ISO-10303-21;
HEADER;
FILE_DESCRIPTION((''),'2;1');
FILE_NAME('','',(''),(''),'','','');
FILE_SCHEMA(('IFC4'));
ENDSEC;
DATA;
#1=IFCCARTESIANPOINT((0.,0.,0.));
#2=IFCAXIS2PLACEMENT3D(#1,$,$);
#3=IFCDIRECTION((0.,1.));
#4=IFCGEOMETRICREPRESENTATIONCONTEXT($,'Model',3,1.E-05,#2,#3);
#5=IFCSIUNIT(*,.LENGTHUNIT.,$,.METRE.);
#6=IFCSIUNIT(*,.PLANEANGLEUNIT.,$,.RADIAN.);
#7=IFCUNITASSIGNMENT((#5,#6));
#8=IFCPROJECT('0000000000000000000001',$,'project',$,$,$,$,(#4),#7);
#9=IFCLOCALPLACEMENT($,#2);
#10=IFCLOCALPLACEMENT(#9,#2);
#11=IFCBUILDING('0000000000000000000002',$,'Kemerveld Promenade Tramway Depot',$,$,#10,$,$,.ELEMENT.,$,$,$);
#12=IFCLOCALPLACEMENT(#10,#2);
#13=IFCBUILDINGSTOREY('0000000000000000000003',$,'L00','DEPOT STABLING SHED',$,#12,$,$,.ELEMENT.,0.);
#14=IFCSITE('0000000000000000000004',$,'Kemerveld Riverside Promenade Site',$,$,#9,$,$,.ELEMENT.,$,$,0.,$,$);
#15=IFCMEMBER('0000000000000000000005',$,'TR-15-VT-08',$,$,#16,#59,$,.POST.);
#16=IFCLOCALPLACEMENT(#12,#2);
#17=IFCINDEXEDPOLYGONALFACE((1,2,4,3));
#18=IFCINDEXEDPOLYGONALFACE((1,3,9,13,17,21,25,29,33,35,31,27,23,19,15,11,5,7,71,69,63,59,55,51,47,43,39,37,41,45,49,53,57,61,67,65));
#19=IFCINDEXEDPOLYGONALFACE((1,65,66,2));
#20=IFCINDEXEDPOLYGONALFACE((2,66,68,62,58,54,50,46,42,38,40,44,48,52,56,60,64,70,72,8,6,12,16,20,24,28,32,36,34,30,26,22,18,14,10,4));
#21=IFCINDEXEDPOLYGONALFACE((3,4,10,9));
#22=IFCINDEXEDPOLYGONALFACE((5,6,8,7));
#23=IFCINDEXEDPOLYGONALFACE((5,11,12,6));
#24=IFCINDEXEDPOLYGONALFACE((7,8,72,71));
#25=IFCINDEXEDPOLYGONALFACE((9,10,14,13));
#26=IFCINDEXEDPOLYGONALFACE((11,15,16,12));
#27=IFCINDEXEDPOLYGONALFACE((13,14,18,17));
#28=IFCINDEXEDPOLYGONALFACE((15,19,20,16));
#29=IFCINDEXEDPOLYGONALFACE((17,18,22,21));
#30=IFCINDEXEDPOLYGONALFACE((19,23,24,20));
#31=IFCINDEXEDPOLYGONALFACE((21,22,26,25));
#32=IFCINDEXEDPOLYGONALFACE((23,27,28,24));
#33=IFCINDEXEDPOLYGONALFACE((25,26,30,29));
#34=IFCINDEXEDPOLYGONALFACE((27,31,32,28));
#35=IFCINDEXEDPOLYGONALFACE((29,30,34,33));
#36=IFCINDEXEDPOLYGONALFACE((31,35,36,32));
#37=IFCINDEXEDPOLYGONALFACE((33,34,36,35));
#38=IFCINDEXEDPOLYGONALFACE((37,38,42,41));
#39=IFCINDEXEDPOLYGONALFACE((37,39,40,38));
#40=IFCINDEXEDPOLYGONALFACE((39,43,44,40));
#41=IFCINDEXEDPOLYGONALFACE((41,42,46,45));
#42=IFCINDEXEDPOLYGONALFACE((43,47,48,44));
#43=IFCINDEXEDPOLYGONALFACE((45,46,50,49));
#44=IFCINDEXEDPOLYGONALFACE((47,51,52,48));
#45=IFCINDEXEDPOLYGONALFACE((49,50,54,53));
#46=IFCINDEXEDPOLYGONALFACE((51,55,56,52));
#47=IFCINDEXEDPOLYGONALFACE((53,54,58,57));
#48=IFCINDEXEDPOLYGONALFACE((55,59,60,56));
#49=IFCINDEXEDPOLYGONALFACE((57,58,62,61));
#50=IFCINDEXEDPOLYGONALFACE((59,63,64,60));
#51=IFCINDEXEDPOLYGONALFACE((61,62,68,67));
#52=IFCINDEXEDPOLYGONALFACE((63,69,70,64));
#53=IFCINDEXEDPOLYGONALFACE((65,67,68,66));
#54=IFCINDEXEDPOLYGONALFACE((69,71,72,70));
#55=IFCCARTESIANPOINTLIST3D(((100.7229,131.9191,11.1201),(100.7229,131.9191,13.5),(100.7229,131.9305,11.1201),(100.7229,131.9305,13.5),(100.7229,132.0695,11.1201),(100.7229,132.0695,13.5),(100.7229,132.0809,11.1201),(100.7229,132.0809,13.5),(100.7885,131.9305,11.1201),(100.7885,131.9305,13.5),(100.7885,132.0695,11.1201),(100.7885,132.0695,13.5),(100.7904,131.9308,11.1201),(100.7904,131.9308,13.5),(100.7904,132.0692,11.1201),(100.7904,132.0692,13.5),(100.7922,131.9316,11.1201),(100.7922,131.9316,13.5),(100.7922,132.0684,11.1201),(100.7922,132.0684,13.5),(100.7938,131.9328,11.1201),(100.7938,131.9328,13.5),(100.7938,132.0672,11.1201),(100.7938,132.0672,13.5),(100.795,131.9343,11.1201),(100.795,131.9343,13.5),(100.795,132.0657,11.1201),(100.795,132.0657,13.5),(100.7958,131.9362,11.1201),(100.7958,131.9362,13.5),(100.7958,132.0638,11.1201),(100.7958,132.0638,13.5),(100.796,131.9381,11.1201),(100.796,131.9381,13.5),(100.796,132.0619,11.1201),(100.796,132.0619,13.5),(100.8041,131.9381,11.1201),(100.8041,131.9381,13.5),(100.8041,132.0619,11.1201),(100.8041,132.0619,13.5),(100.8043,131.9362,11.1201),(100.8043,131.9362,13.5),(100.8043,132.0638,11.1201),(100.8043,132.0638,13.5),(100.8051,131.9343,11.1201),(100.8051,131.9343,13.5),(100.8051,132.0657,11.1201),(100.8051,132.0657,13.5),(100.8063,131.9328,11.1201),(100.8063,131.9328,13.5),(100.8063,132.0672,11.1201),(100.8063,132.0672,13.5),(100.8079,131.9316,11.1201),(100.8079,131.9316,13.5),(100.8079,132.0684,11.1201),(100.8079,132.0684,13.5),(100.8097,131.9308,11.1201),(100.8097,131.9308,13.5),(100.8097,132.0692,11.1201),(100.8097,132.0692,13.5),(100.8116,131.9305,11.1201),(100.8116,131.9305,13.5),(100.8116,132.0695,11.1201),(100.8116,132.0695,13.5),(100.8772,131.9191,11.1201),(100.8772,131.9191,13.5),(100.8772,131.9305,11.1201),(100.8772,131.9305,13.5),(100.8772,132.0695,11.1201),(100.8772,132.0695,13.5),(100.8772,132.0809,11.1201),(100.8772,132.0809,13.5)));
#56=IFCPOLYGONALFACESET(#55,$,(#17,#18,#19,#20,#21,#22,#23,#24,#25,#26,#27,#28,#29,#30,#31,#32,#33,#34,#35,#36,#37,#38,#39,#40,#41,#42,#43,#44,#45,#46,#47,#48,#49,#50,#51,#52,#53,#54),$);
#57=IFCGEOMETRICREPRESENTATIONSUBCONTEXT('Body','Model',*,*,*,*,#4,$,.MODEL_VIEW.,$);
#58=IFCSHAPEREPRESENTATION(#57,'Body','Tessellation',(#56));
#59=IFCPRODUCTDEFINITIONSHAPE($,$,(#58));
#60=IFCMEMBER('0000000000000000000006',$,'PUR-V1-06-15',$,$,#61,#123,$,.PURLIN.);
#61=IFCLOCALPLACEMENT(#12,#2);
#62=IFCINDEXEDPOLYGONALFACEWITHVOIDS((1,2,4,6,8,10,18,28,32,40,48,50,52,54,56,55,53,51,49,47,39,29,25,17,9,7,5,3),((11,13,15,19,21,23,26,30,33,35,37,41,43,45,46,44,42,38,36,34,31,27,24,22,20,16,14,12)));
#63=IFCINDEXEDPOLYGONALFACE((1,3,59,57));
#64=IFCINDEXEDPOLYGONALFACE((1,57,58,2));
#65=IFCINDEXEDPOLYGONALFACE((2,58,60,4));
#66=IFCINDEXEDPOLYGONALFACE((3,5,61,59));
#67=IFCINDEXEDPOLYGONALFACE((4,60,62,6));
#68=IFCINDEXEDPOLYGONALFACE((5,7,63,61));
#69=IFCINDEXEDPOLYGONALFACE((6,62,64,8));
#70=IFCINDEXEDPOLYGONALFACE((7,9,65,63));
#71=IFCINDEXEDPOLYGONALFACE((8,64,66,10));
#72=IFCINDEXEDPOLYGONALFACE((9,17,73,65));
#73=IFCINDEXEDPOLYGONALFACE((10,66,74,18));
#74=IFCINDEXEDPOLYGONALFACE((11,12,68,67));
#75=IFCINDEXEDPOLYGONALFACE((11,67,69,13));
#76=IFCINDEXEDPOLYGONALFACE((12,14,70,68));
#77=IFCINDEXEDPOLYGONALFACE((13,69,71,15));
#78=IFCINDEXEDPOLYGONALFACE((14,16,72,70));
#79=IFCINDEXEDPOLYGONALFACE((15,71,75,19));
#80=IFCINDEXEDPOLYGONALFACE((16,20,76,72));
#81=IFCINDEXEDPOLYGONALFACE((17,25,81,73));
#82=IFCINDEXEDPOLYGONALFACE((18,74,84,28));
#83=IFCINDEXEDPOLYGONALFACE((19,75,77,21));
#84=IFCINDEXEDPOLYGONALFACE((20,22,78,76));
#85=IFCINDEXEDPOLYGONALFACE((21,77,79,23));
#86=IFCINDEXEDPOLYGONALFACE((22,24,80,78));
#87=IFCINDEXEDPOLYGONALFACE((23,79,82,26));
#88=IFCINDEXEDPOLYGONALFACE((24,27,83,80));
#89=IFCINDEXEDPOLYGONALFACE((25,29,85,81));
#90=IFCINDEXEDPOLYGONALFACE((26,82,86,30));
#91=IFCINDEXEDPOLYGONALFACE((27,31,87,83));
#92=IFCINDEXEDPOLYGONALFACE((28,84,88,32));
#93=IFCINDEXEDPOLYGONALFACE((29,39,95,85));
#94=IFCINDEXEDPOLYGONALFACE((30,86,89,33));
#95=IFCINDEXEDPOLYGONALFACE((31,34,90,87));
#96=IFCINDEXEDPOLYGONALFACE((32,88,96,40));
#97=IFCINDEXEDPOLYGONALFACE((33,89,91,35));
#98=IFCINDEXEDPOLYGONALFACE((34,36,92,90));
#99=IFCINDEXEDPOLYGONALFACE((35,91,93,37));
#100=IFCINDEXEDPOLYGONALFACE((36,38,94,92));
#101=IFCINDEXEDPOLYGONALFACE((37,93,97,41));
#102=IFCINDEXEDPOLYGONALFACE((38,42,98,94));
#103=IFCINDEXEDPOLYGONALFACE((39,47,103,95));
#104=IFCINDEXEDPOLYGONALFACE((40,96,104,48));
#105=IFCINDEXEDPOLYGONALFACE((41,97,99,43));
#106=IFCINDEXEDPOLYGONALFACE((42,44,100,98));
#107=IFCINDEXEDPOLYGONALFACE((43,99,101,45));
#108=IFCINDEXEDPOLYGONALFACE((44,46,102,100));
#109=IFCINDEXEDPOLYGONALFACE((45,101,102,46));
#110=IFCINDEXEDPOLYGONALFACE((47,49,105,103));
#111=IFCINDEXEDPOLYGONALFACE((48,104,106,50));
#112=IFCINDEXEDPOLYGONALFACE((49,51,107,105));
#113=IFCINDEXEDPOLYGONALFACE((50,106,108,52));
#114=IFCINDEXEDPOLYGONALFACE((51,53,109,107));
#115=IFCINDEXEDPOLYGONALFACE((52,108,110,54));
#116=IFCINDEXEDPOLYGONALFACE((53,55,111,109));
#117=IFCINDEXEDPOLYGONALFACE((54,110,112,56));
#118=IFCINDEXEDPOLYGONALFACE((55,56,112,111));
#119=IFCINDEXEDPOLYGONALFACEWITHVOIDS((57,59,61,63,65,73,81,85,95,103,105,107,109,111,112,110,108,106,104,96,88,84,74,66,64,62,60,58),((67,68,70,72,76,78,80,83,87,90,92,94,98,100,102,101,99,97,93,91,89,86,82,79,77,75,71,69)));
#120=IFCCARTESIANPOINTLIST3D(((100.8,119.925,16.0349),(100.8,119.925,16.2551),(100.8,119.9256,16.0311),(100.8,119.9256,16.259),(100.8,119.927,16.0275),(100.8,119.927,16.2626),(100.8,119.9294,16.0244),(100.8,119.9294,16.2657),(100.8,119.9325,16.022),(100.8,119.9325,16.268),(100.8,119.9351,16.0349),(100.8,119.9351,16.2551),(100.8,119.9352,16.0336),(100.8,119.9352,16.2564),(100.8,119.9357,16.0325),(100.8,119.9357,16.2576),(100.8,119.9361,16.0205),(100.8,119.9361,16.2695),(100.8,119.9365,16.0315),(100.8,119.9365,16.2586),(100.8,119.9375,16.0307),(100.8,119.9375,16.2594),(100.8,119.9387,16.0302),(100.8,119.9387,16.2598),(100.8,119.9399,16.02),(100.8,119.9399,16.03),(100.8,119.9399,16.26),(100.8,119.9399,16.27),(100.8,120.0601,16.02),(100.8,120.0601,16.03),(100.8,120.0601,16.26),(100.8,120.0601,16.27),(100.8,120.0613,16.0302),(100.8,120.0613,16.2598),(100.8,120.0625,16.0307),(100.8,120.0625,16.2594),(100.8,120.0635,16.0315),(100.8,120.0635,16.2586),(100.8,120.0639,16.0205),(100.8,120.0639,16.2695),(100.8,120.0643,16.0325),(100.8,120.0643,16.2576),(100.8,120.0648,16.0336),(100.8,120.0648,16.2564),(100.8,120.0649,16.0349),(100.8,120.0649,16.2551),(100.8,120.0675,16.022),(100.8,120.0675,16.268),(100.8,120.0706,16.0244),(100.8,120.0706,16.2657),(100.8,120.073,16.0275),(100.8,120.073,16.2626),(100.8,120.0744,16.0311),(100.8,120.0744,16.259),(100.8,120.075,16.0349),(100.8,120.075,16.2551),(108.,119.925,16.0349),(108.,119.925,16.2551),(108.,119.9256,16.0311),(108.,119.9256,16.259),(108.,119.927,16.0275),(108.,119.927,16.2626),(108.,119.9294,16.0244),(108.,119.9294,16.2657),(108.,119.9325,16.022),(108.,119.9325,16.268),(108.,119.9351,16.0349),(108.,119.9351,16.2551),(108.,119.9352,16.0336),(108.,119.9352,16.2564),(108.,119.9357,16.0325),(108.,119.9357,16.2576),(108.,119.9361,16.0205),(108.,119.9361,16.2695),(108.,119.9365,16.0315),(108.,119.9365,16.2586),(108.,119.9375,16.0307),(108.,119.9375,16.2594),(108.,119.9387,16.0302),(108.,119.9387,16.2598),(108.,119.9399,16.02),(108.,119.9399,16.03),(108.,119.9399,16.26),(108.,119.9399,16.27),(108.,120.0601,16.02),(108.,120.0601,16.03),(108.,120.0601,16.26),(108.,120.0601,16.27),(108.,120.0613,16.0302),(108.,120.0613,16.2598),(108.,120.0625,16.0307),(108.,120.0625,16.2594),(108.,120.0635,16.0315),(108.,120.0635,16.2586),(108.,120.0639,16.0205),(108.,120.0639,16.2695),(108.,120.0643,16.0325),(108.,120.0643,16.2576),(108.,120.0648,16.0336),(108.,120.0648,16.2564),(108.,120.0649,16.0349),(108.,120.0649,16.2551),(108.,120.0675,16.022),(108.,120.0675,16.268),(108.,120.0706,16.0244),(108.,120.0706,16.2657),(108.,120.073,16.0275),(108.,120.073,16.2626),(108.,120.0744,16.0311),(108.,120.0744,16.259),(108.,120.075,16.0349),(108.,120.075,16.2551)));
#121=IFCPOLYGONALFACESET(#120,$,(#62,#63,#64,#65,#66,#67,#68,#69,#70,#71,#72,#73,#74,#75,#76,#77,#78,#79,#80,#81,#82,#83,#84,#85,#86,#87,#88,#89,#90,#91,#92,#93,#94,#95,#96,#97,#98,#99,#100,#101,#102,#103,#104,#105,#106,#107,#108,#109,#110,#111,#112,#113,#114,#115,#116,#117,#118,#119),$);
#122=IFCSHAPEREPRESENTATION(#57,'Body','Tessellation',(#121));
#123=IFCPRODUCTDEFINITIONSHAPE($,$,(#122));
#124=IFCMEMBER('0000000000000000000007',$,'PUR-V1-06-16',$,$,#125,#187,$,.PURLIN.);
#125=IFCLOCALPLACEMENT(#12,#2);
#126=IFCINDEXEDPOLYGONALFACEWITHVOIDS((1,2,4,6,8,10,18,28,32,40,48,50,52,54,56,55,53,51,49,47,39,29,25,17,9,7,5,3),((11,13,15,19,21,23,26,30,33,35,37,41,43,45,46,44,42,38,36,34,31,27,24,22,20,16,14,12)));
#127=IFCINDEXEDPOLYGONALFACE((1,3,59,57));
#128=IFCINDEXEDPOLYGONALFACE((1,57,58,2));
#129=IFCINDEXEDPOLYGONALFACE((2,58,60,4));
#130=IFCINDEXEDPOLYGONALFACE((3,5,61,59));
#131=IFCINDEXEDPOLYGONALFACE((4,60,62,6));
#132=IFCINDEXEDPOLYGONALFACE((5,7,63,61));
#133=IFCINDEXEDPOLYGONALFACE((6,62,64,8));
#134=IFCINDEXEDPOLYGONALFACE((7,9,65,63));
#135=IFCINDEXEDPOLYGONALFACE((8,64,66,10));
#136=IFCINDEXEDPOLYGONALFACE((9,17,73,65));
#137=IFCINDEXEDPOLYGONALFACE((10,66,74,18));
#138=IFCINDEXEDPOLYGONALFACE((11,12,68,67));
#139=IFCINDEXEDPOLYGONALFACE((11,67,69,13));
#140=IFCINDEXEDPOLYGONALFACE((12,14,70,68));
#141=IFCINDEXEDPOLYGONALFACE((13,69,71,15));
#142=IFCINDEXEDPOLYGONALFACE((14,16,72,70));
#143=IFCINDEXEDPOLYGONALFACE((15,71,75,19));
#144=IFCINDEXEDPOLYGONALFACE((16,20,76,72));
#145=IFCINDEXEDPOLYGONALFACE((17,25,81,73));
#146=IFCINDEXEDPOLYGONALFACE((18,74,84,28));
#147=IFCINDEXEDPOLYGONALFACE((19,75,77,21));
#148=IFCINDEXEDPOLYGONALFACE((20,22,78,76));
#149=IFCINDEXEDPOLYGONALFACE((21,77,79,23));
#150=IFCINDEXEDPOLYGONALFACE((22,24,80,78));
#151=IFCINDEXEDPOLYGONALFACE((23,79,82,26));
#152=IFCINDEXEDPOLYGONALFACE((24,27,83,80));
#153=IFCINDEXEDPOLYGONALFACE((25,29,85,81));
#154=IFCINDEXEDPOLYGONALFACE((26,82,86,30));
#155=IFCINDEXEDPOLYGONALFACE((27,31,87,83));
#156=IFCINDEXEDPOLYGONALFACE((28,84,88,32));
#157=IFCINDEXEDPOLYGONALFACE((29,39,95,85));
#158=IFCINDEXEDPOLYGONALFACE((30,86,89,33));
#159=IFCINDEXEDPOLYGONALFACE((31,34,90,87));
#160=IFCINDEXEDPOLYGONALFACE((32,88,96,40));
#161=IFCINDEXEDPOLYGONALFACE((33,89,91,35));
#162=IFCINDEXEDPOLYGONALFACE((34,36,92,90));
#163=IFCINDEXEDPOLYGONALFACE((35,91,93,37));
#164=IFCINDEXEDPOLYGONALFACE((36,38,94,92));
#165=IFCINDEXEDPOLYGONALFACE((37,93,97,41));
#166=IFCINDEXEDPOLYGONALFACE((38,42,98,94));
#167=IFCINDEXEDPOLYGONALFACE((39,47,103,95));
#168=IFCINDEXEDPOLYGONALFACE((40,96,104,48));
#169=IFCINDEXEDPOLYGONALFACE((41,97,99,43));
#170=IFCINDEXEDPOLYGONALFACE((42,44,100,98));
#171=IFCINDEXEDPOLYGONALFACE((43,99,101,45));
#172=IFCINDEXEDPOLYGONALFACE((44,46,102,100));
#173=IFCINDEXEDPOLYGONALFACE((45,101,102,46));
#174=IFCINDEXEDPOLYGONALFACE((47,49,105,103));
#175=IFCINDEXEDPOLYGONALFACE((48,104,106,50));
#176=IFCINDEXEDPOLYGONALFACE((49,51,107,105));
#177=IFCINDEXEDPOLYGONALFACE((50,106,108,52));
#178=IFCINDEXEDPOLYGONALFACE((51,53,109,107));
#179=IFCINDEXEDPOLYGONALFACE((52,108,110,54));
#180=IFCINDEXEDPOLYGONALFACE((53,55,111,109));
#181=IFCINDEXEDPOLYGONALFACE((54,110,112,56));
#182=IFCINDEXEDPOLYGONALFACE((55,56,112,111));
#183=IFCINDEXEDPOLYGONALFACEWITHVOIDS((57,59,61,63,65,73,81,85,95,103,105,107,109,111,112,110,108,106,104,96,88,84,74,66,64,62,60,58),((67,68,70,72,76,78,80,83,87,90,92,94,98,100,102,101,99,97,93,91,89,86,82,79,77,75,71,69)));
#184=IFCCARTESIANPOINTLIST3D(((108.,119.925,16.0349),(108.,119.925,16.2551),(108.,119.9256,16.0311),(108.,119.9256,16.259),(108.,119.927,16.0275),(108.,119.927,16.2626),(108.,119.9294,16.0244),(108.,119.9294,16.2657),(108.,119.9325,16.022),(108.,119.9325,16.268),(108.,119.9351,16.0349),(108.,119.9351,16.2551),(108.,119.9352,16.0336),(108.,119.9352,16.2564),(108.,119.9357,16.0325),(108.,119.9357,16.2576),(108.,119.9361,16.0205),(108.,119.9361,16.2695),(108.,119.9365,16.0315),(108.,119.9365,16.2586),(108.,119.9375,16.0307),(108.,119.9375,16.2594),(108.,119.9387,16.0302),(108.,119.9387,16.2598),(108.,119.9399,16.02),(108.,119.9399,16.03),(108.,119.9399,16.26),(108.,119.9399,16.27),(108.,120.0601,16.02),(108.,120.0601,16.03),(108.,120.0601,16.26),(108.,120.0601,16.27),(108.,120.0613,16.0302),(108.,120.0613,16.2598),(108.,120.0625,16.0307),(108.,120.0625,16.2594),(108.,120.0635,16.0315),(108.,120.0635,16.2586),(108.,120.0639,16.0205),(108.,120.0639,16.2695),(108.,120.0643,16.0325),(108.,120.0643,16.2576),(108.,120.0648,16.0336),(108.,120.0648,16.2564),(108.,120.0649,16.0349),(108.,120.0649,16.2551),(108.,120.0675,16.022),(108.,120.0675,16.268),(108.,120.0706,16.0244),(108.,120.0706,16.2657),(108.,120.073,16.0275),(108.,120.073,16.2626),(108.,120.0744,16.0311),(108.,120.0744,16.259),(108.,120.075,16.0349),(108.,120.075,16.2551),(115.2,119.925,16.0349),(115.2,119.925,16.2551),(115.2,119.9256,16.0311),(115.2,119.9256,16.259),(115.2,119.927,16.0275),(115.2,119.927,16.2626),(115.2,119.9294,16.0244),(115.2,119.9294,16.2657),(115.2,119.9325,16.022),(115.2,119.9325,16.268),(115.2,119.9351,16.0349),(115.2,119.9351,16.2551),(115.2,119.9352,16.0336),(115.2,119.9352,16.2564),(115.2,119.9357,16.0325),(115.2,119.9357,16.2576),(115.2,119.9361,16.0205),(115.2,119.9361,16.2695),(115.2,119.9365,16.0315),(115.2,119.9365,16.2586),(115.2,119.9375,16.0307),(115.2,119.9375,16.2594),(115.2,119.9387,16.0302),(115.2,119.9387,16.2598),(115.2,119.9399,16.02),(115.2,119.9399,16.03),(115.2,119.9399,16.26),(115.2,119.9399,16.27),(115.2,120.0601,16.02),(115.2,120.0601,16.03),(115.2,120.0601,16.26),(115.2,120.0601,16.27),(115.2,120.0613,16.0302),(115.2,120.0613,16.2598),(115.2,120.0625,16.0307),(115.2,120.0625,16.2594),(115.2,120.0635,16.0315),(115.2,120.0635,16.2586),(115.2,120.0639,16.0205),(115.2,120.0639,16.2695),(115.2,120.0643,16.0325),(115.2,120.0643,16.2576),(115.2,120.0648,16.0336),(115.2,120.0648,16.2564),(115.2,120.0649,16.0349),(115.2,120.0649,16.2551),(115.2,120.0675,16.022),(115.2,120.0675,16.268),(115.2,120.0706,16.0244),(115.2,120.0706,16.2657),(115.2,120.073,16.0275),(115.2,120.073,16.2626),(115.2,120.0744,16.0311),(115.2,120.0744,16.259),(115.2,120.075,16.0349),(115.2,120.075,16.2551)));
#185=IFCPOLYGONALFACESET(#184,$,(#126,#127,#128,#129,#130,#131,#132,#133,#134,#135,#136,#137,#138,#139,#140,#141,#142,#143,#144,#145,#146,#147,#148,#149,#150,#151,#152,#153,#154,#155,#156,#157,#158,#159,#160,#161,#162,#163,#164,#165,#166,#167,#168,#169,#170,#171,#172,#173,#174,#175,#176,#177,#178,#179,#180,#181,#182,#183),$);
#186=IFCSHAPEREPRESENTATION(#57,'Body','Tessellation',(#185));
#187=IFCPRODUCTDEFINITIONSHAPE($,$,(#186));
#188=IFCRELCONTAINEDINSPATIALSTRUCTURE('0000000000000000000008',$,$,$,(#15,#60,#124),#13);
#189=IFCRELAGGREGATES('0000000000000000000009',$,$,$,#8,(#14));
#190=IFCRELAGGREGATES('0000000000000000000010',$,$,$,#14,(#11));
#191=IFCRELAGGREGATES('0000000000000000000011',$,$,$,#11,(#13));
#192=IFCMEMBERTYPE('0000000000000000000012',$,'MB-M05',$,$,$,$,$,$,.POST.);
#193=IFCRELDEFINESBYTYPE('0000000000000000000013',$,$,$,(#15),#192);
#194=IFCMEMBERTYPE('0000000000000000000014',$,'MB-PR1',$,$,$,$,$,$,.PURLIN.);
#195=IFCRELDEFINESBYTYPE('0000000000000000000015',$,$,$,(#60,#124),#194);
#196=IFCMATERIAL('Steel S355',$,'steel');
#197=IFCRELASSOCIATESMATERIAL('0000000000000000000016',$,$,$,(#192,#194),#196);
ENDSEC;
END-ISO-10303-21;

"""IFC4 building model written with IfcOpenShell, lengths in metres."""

from ifc_helpers import new_model, si_unit, direction, frame, origin, origin_2d, place, context, subcontext, project, spatial, hollow_rectangle, i_section, extrude, material, material_profile, profile_set, type_object, element, save


model = new_model("IFC4")

# Units and contexts
model_context = context("Model", 3, precision=1e-05, world=origin(), true_north=direction((0.0, 1.0)))
body_context = subcontext(model_context, "Body", "Model", "MODEL_VIEW")
ifc_project = project(units=[si_unit("LENGTHUNIT", "METRE"), si_unit("PLANEANGLEUNIT", "RADIAN")], contexts=[model_context])

# Site, building, storey
site_placement = place(None, origin())
site = spatial("IfcSite", under=ifc_project, at=site_placement, Name="Kemerveld Riverside Promenade Site", CompositionType="ELEMENT", RefElevation=0.0)
building_placement = place(site_placement, origin())
building = spatial("IfcBuilding", under=site, at=building_placement, Name="Kemerveld Promenade Tramway Depot", CompositionType="ELEMENT")
storey_placement = place(building_placement, origin())
storey = spatial("IfcBuildingStorey", under=building, at=storey_placement, Name="L00", Description="DEPOT STABLING SHED", CompositionType="ELEMENT", Elevation=0.0)

# Members
ifc_material_1 = material(Name="Steel S355", Category="steel")
ifc_material_profile_1 = material_profile(ifc_material_1, i_section(OverallWidth=0.1543, OverallDepth=0.1619, WebThickness=0.0081, FlangeThickness=0.0115, FilletRadius=0.0076, at=origin_2d()), Name="152x152x37 UC")
ifc_profile_set_1 = profile_set([ifc_material_profile_1], Name="Steel S355")
member_type_1 = type_object("IfcMemberType", Name="MB-M05", PredefinedType="POST", material=ifc_profile_set_1)
member_1_placement = place(storey_placement, frame((100.8, 132.0, 11.1201), z_axis=(0.0, 0.0, 1.0), x_axis=(1.0, 0.0, 0.0)))
element("IfcMember", 1, at=member_1_placement, inside=storey, type_object=member_type_1, Name="TR-15-VT-08", PredefinedType="POST", context=body_context, shape_type="SweptSolid", body=[
    extrude(i_section(OverallWidth=0.1543, OverallDepth=0.1619, WebThickness=0.0081, FlangeThickness=0.0115, FilletRadius=0.0076, at=origin_2d()), origin(), (0.0, 0.0, 1.0), 2.3799),
])
ifc_material_profile_2 = material_profile(ifc_material_1, hollow_rectangle(XDim=0.1499, YDim=0.25, WallThickness=0.01, InnerFilletRadius=0.0049, OuterFilletRadius=0.0149, at=origin_2d()), Name="250x150x10.0 RHS")
ifc_profile_set_2 = profile_set([ifc_material_profile_2], Name="Steel S355")
member_type_2 = type_object("IfcMemberType", Name="MB-PR1", PredefinedType="PURLIN", material=ifc_profile_set_2)
for number, where, z_axis, x_axis, name in (
    (2, (100.8, 120.0, 16.145), (1.0, 0.0, 0.0), (0.0, 1.0, 0.0), "PUR-V1-06-15"),
    (3, (108.0, 120.0, 16.145), (1.0, 0.0, 0.0), (0.0, 1.0, 0.0), "PUR-V1-06-16"),
):
    element("IfcMember", number, at=place(storey_placement, frame(where, z_axis=z_axis, x_axis=x_axis)), inside=storey, type_object=member_type_2, Name=name, PredefinedType="PURLIN", context=body_context, shape_type="SweptSolid", body=[
        extrude(hollow_rectangle(XDim=0.1499, YDim=0.25, WallThickness=0.01, InnerFilletRadius=0.0049, OuterFilletRadius=0.0149, at=origin_2d()), origin(), (0.0, 0.0, 1.0), 7.2),
    ])

save(model, "model.ifc")
